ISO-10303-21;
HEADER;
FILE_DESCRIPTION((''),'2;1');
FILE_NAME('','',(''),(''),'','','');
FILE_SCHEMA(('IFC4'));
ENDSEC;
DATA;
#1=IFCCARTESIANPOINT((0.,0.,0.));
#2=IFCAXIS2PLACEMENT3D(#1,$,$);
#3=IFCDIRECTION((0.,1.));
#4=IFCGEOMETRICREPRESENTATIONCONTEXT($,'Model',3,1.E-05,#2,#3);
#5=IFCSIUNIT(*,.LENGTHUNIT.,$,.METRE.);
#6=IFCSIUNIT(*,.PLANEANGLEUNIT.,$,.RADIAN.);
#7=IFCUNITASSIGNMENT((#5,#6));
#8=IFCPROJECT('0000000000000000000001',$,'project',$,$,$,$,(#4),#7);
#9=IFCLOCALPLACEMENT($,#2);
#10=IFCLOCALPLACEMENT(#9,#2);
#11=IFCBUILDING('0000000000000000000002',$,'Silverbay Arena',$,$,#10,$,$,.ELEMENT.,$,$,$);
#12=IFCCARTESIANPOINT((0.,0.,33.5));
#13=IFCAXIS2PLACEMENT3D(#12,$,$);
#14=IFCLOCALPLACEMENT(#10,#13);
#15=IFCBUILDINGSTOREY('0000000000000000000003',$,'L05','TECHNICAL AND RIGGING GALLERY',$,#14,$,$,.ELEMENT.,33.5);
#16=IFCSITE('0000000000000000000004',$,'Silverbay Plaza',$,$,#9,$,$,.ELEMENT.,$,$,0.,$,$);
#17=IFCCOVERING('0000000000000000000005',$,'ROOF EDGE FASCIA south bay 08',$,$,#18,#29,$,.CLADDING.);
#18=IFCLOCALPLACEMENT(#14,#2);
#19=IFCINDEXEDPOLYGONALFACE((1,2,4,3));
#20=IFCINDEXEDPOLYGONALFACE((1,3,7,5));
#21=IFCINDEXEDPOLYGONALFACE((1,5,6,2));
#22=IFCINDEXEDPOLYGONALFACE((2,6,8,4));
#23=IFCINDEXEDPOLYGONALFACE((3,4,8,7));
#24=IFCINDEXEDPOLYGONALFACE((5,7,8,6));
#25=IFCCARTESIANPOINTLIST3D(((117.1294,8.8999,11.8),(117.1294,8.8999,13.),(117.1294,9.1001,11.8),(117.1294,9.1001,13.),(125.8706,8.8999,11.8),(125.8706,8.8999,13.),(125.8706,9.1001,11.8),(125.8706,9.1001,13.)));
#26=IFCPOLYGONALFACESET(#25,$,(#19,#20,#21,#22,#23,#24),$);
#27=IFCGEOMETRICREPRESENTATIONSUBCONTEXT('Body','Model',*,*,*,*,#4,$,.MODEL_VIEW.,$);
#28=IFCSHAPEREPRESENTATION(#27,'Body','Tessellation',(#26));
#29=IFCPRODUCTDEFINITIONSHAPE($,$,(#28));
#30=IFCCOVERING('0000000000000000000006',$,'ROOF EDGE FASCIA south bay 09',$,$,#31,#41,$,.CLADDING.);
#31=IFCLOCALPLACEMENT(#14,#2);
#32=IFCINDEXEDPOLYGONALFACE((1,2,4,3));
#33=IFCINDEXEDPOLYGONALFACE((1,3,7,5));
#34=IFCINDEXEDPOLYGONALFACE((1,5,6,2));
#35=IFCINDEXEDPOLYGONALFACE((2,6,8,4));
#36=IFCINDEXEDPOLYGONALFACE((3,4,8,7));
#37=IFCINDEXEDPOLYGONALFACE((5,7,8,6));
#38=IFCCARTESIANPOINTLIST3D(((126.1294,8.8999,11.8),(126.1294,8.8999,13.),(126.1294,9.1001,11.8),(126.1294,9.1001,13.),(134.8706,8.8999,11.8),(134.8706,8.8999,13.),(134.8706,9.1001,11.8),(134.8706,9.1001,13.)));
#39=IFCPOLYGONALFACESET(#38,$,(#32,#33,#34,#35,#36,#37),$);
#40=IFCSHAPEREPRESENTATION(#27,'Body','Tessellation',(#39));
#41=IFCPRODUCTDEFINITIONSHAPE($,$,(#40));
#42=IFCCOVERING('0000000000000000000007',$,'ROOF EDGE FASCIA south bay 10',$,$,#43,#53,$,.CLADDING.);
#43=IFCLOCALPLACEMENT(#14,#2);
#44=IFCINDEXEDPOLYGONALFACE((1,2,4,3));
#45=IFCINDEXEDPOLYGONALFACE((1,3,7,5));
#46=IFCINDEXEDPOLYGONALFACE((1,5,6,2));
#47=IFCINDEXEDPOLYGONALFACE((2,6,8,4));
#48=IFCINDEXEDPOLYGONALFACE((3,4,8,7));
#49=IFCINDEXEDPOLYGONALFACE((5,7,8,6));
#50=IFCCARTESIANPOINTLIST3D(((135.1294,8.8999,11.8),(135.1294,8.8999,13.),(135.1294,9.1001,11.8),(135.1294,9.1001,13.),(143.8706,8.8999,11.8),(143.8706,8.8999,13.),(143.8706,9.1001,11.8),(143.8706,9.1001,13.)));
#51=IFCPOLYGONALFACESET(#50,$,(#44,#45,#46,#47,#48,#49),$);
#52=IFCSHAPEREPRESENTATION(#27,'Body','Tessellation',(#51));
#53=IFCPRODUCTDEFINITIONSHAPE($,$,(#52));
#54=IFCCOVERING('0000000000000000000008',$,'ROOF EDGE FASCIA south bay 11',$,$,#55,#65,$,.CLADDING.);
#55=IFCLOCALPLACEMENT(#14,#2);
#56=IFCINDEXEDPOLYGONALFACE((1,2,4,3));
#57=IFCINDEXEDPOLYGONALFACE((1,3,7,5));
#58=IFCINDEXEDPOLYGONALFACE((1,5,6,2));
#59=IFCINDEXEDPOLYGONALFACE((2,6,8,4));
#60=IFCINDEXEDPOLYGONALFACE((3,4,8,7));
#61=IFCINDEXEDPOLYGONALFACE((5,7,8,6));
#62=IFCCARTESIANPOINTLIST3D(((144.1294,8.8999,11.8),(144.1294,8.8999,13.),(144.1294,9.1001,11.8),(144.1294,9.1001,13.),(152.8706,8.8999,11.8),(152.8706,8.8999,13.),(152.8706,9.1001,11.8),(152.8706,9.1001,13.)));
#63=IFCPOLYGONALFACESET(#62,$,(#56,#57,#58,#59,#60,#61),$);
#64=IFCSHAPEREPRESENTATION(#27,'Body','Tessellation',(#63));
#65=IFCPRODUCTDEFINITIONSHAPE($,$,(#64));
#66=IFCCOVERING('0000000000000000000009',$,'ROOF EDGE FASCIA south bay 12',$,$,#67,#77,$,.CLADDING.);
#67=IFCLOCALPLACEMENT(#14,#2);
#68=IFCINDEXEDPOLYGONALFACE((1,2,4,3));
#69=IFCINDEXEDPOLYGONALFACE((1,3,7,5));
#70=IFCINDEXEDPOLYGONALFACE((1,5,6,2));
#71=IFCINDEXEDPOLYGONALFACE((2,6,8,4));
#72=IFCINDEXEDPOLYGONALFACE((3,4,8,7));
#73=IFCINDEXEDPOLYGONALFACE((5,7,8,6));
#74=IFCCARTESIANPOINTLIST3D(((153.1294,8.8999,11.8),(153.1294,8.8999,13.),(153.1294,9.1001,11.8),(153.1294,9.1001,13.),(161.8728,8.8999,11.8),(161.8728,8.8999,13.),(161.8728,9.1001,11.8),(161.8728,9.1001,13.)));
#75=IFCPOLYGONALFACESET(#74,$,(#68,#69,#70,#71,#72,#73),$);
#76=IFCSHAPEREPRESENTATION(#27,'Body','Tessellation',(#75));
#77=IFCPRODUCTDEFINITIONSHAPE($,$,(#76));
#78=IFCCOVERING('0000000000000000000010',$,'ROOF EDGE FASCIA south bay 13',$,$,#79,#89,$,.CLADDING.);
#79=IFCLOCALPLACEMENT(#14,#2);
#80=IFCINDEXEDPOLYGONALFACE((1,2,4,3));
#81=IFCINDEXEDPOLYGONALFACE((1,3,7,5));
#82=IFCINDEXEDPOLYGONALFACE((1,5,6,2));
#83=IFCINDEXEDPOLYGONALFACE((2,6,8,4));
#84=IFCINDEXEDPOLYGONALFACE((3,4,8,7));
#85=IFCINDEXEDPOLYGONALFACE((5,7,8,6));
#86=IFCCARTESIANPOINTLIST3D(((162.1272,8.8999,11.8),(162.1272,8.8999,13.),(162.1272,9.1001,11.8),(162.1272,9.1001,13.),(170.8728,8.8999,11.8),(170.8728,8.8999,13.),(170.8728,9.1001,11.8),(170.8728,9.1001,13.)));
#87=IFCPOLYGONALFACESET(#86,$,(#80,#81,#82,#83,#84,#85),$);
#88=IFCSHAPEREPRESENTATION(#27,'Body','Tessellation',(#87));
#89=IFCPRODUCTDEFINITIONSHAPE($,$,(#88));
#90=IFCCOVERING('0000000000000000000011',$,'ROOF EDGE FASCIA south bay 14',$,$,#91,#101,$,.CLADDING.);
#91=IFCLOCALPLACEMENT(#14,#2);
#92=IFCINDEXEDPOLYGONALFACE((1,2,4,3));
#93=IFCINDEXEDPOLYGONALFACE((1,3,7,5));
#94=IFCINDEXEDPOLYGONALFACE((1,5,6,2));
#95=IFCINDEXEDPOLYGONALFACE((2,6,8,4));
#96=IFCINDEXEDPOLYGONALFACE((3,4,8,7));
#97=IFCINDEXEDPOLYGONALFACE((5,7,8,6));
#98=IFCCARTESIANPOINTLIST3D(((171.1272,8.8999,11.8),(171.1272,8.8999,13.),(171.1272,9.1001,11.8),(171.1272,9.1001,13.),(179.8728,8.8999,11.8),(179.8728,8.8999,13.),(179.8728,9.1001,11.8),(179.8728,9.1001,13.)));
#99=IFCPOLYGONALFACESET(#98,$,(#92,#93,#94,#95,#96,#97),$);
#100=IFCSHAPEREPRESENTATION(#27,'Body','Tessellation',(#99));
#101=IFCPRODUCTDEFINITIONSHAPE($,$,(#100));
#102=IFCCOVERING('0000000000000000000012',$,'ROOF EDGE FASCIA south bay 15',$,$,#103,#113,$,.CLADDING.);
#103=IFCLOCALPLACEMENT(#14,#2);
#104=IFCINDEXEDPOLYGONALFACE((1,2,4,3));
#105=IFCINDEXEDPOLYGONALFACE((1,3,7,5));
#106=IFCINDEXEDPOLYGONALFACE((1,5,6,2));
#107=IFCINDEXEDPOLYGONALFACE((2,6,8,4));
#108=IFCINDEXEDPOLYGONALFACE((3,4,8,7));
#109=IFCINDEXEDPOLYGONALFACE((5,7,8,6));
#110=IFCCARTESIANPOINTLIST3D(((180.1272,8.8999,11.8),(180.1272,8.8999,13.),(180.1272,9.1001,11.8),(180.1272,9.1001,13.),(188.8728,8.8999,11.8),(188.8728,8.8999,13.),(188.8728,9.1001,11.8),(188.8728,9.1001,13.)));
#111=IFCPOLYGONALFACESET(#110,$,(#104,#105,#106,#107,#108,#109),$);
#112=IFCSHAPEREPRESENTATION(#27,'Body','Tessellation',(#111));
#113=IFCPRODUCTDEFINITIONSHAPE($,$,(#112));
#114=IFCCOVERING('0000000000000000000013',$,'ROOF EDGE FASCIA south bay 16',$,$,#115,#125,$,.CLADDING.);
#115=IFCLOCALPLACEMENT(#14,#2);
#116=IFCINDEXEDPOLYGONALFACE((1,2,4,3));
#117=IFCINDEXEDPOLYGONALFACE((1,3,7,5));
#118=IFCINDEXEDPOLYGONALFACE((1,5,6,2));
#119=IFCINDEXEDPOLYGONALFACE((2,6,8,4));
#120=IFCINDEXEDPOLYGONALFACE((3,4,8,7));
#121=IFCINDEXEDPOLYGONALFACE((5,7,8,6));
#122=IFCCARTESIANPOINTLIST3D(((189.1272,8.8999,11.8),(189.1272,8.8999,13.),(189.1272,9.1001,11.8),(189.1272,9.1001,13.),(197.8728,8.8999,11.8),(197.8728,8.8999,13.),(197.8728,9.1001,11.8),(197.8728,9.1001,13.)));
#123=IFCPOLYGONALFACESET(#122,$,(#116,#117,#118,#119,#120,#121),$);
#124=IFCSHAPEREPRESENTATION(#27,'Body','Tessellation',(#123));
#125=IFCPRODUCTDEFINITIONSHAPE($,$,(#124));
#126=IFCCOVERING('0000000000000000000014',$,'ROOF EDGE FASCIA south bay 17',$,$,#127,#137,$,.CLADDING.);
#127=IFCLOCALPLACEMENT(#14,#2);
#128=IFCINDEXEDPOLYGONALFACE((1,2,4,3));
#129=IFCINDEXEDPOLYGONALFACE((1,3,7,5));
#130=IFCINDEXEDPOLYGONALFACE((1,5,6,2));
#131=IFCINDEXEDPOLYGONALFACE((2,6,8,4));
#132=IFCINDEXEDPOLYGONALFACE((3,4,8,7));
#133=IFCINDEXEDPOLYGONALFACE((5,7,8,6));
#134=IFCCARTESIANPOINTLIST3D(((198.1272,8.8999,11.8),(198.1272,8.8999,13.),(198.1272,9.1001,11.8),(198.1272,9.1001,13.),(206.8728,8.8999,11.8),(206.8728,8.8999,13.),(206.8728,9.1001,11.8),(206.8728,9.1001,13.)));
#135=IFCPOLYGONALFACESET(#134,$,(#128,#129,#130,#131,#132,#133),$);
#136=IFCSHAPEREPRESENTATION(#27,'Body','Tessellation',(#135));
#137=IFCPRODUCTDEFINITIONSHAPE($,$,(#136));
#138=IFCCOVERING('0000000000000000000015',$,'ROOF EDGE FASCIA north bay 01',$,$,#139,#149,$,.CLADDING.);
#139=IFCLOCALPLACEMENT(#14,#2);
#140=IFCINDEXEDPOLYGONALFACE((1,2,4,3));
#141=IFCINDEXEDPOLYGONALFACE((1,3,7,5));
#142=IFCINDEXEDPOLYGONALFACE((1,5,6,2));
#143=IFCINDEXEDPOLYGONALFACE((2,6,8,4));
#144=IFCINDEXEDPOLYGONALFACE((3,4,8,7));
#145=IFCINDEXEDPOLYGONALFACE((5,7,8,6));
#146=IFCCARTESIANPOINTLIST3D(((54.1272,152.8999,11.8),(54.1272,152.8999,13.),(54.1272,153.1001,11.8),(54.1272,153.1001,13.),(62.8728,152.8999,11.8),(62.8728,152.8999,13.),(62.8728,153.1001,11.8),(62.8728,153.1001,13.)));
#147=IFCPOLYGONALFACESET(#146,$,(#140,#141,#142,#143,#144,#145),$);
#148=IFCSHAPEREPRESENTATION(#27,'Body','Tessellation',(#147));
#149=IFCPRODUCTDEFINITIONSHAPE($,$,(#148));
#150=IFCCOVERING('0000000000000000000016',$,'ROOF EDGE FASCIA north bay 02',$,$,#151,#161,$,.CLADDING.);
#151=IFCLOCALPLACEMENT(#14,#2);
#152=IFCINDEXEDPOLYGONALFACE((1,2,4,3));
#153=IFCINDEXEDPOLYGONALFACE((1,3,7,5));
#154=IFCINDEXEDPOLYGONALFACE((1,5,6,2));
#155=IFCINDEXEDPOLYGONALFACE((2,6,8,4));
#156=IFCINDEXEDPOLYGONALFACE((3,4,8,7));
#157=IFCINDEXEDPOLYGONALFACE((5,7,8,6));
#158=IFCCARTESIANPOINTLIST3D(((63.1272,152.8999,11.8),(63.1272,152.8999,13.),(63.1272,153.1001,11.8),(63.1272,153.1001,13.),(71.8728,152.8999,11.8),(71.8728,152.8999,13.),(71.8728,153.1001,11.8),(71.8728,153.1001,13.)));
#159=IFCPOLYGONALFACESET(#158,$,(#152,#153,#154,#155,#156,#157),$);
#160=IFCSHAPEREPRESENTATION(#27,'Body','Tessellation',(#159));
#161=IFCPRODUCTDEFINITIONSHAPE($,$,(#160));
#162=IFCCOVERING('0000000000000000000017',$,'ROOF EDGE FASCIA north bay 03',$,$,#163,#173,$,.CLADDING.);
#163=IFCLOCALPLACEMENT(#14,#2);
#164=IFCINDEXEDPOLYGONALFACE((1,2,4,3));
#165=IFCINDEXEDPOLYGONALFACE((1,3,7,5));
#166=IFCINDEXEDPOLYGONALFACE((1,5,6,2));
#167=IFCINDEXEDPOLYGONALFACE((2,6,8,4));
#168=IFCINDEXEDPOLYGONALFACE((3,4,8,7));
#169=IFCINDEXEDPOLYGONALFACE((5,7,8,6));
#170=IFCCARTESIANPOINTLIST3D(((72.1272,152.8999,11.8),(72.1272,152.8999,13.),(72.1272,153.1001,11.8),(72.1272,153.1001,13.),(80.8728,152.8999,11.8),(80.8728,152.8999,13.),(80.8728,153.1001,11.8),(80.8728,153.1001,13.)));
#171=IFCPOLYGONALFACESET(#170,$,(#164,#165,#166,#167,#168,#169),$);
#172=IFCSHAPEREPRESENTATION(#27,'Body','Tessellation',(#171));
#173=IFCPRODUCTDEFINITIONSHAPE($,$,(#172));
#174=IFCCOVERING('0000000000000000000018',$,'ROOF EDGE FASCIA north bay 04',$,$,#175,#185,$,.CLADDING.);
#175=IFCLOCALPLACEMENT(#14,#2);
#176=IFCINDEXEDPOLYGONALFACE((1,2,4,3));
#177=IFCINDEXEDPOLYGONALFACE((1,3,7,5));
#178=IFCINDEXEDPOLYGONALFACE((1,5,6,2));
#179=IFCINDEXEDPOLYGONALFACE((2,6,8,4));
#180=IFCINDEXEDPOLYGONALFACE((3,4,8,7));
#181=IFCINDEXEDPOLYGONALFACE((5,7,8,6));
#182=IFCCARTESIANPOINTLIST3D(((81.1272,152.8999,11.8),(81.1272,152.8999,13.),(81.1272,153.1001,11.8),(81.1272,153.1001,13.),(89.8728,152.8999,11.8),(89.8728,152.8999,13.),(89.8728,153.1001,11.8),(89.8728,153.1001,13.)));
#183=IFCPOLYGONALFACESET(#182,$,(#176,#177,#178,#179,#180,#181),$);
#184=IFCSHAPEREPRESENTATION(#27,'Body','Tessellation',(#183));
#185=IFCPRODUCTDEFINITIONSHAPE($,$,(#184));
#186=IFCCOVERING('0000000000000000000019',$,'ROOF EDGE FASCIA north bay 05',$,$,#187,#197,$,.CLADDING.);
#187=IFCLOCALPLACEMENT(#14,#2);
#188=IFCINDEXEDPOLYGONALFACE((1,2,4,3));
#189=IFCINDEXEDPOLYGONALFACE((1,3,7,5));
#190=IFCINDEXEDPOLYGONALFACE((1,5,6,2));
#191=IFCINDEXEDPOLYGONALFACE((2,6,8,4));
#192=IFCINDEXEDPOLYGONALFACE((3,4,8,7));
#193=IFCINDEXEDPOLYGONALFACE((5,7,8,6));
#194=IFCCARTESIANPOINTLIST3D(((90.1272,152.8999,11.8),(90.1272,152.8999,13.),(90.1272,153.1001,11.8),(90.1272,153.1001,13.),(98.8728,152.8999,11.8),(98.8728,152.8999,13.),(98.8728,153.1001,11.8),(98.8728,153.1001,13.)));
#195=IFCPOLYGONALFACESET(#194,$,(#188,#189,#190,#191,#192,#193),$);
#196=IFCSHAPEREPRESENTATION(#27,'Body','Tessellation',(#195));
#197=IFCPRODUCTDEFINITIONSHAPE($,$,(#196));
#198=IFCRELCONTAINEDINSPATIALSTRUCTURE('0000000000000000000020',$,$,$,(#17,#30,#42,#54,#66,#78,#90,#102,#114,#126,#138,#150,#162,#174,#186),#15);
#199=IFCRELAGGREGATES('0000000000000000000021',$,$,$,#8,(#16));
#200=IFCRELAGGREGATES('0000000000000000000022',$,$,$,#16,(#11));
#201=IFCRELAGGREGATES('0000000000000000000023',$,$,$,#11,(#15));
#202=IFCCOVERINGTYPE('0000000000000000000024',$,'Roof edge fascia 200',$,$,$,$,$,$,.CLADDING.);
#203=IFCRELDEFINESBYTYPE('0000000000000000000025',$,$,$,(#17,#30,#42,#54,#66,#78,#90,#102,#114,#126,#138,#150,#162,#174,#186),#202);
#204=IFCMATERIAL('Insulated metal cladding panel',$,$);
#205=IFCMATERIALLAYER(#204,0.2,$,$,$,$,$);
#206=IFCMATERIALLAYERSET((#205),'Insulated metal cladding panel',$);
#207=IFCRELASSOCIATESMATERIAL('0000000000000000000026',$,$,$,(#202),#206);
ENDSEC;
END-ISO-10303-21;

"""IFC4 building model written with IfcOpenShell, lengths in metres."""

from ifc_helpers import new_model, si_unit, direction, frame, origin, place, context, subcontext, project, spatial, polyline, outline, extrude, material, layer, layer_set, type_object, element, save


model = new_model("IFC4")

# Units and contexts
model_context = context("Model", 3, precision=1e-05, world=origin(), true_north=direction((0.0, 1.0)))
body_context = subcontext(model_context, "Body", "Model", "MODEL_VIEW")
ifc_project = project(units=[si_unit("LENGTHUNIT", "METRE"), si_unit("PLANEANGLEUNIT", "RADIAN")], contexts=[model_context])

# Site, building, storey
site_placement = place(None, origin())
site = spatial("IfcSite", under=ifc_project, at=site_placement, Name="Silverbay Plaza", CompositionType="ELEMENT", RefElevation=0.0)
building_placement = place(site_placement, origin())
building = spatial("IfcBuilding", under=site, at=building_placement, Name="Silverbay Arena", CompositionType="ELEMENT")
storey_placement = place(building_placement, frame((0.0, 0.0, 33.5)))
storey = spatial("IfcBuildingStorey", under=building, at=storey_placement, Name="L05", Description="TECHNICAL AND RIGGING GALLERY", CompositionType="ELEMENT", Elevation=33.5)

# Coverings
ifc_material_1 = material(Name="Insulated metal cladding panel")
ifc_layer_1 = layer(ifc_material_1, 0.2)
ifc_layer_set_1 = layer_set([ifc_layer_1], Name="Insulated metal cladding panel")
covering_type_1 = type_object("IfcCoveringType", Name="Roof edge fascia 200", PredefinedType="CLADDING", material=ifc_layer_set_1)
covering_1_placement = place(storey_placement, frame((0.0, 0.0, 11.8)))
element("IfcCovering", 1, at=covering_1_placement, inside=storey, type_object=covering_type_1, Name="ROOF EDGE FASCIA south bay 08", PredefinedType="CLADDING", context=body_context, shape_type="SweptSolid", body=[
    extrude(outline(polyline([(117.1294, 8.8999), (125.8706, 8.8999), (125.8706, 9.1001), (117.1294, 9.1001), (117.1294, 8.8999)])), origin(), (0.0, 0.0, 1.0), 1.2),
])
covering_2_placement = place(storey_placement, frame((0.0, 0.0, 11.8)))
element("IfcCovering", 2, at=covering_2_placement, inside=storey, type_object=covering_type_1, Name="ROOF EDGE FASCIA south bay 09", PredefinedType="CLADDING", context=body_context, shape_type="SweptSolid", body=[
    extrude(outline(polyline([(126.1294, 8.8999), (134.8706, 8.8999), (134.8706, 9.1001), (126.1294, 9.1001), (126.1294, 8.8999)])), origin(), (0.0, 0.0, 1.0), 1.2),
])
covering_3_placement = place(storey_placement, frame((0.0, 0.0, 11.8)))
element("IfcCovering", 3, at=covering_3_placement, inside=storey, type_object=covering_type_1, Name="ROOF EDGE FASCIA south bay 10", PredefinedType="CLADDING", context=body_context, shape_type="SweptSolid", body=[
    extrude(outline(polyline([(135.1294, 8.8999), (143.8706, 8.8999), (143.8706, 9.1001), (135.1294, 9.1001), (135.1294, 8.8999)])), origin(), (0.0, 0.0, 1.0), 1.2),
])
covering_4_placement = place(storey_placement, frame((0.0, 0.0, 11.8)))
element("IfcCovering", 4, at=covering_4_placement, inside=storey, type_object=covering_type_1, Name="ROOF EDGE FASCIA south bay 11", PredefinedType="CLADDING", context=body_context, shape_type="SweptSolid", body=[
    extrude(outline(polyline([(144.1294, 8.8999), (152.8706, 8.8999), (152.8706, 9.1001), (144.1294, 9.1001), (144.1294, 8.8999)])), origin(), (0.0, 0.0, 1.0), 1.2),
])
covering_5_placement = place(storey_placement, frame((0.0, 0.0, 11.8)))
element("IfcCovering", 5, at=covering_5_placement, inside=storey, type_object=covering_type_1, Name="ROOF EDGE FASCIA south bay 12", PredefinedType="CLADDING", context=body_context, shape_type="SweptSolid", body=[
    extrude(outline(polyline([(153.1294, 8.8999), (161.8728, 8.8999), (161.8728, 9.1001), (153.1294, 9.1001), (153.1294, 8.8999)])), origin(), (0.0, 0.0, 1.0), 1.2),
])
covering_6_placement = place(storey_placement, frame((0.0, 0.0, 11.8)))
element("IfcCovering", 6, at=covering_6_placement, inside=storey, type_object=covering_type_1, Name="ROOF EDGE FASCIA south bay 13", PredefinedType="CLADDING", context=body_context, shape_type="SweptSolid", body=[
    extrude(outline(polyline([(162.1272, 8.8999), (170.8728, 8.8999), (170.8728, 9.1001), (162.1272, 9.1001), (162.1272, 8.8999)])), origin(), (0.0, 0.0, 1.0), 1.2),
])
covering_7_placement = place(storey_placement, frame((0.0, 0.0, 11.8)))
element("IfcCovering", 7, at=covering_7_placement, inside=storey, type_object=covering_type_1, Name="ROOF EDGE FASCIA south bay 14", PredefinedType="CLADDING", context=body_context, shape_type="SweptSolid", body=[
    extrude(outline(polyline([(171.1272, 8.8999), (179.8728, 8.8999), (179.8728, 9.1001), (171.1272, 9.1001), (171.1272, 8.8999)])), origin(), (0.0, 0.0, 1.0), 1.2),
])
covering_8_placement = place(storey_placement, frame((0.0, 0.0, 11.8)))
element("IfcCovering", 8, at=covering_8_placement, inside=storey, type_object=covering_type_1, Name="ROOF EDGE FASCIA south bay 15", PredefinedType="CLADDING", context=body_context, shape_type="SweptSolid", body=[
    extrude(outline(polyline([(180.1272, 8.8999), (188.8728, 8.8999), (188.8728, 9.1001), (180.1272, 9.1001), (180.1272, 8.8999)])), origin(), (0.0, 0.0, 1.0), 1.2),
])
covering_9_placement = place(storey_placement, frame((0.0, 0.0, 11.8)))
element("IfcCovering", 9, at=covering_9_placement, inside=storey, type_object=covering_type_1, Name="ROOF EDGE FASCIA south bay 16", PredefinedType="CLADDING", context=body_context, shape_type="SweptSolid", body=[
    extrude(outline(polyline([(189.1272, 8.8999), (197.8728, 8.8999), (197.8728, 9.1001), (189.1272, 9.1001), (189.1272, 8.8999)])), origin(), (0.0, 0.0, 1.0), 1.2),
])
covering_10_placement = place(storey_placement, frame((0.0, 0.0, 11.8)))
element("IfcCovering", 10, at=covering_10_placement, inside=storey, type_object=covering_type_1, Name="ROOF EDGE FASCIA south bay 17", PredefinedType="CLADDING", context=body_context, shape_type="SweptSolid", body=[
    extrude(outline(polyline([(198.1272, 8.8999), (206.8728, 8.8999), (206.8728, 9.1001), (198.1272, 9.1001), (198.1272, 8.8999)])), origin(), (0.0, 0.0, 1.0), 1.2),
])
covering_11_placement = place(storey_placement, frame((0.0, 0.0, 11.8)))
element("IfcCovering", 11, at=covering_11_placement, inside=storey, type_object=covering_type_1, Name="ROOF EDGE FASCIA north bay 01", PredefinedType="CLADDING", context=body_context, shape_type="SweptSolid", body=[
    extrude(outline(polyline([(54.1272, 152.8999), (62.8728, 152.8999), (62.8728, 153.1001), (54.1272, 153.1001), (54.1272, 152.8999)])), origin(), (0.0, 0.0, 1.0), 1.2),
])
covering_12_placement = place(storey_placement, frame((0.0, 0.0, 11.8)))
element("IfcCovering", 12, at=covering_12_placement, inside=storey, type_object=covering_type_1, Name="ROOF EDGE FASCIA north bay 02", PredefinedType="CLADDING", context=body_context, shape_type="SweptSolid", body=[
    extrude(outline(polyline([(63.1272, 152.8999), (71.8728, 152.8999), (71.8728, 153.1001), (63.1272, 153.1001), (63.1272, 152.8999)])), origin(), (0.0, 0.0, 1.0), 1.2),
])
covering_13_placement = place(storey_placement, frame((0.0, 0.0, 11.8)))
element("IfcCovering", 13, at=covering_13_placement, inside=storey, type_object=covering_type_1, Name="ROOF EDGE FASCIA north bay 03", PredefinedType="CLADDING", context=body_context, shape_type="SweptSolid", body=[
    extrude(outline(polyline([(72.1272, 152.8999), (80.8728, 152.8999), (80.8728, 153.1001), (72.1272, 153.1001), (72.1272, 152.8999)])), origin(), (0.0, 0.0, 1.0), 1.2),
])
covering_14_placement = place(storey_placement, frame((0.0, 0.0, 11.8)))
element("IfcCovering", 14, at=covering_14_placement, inside=storey, type_object=covering_type_1, Name="ROOF EDGE FASCIA north bay 04", PredefinedType="CLADDING", context=body_context, shape_type="SweptSolid", body=[
    extrude(outline(polyline([(81.1272, 152.8999), (89.8728, 152.8999), (89.8728, 153.1001), (81.1272, 153.1001), (81.1272, 152.8999)])), origin(), (0.0, 0.0, 1.0), 1.2),
])
covering_15_placement = place(storey_placement, frame((0.0, 0.0, 11.8)))
element("IfcCovering", 15, at=covering_15_placement, inside=storey, type_object=covering_type_1, Name="ROOF EDGE FASCIA north bay 05", PredefinedType="CLADDING", context=body_context, shape_type="SweptSolid", body=[
    extrude(outline(polyline([(90.1272, 152.8999), (98.8728, 152.8999), (98.8728, 153.1001), (90.1272, 153.1001), (90.1272, 152.8999)])), origin(), (0.0, 0.0, 1.0), 1.2),
])

save(model, "model.ifc")
